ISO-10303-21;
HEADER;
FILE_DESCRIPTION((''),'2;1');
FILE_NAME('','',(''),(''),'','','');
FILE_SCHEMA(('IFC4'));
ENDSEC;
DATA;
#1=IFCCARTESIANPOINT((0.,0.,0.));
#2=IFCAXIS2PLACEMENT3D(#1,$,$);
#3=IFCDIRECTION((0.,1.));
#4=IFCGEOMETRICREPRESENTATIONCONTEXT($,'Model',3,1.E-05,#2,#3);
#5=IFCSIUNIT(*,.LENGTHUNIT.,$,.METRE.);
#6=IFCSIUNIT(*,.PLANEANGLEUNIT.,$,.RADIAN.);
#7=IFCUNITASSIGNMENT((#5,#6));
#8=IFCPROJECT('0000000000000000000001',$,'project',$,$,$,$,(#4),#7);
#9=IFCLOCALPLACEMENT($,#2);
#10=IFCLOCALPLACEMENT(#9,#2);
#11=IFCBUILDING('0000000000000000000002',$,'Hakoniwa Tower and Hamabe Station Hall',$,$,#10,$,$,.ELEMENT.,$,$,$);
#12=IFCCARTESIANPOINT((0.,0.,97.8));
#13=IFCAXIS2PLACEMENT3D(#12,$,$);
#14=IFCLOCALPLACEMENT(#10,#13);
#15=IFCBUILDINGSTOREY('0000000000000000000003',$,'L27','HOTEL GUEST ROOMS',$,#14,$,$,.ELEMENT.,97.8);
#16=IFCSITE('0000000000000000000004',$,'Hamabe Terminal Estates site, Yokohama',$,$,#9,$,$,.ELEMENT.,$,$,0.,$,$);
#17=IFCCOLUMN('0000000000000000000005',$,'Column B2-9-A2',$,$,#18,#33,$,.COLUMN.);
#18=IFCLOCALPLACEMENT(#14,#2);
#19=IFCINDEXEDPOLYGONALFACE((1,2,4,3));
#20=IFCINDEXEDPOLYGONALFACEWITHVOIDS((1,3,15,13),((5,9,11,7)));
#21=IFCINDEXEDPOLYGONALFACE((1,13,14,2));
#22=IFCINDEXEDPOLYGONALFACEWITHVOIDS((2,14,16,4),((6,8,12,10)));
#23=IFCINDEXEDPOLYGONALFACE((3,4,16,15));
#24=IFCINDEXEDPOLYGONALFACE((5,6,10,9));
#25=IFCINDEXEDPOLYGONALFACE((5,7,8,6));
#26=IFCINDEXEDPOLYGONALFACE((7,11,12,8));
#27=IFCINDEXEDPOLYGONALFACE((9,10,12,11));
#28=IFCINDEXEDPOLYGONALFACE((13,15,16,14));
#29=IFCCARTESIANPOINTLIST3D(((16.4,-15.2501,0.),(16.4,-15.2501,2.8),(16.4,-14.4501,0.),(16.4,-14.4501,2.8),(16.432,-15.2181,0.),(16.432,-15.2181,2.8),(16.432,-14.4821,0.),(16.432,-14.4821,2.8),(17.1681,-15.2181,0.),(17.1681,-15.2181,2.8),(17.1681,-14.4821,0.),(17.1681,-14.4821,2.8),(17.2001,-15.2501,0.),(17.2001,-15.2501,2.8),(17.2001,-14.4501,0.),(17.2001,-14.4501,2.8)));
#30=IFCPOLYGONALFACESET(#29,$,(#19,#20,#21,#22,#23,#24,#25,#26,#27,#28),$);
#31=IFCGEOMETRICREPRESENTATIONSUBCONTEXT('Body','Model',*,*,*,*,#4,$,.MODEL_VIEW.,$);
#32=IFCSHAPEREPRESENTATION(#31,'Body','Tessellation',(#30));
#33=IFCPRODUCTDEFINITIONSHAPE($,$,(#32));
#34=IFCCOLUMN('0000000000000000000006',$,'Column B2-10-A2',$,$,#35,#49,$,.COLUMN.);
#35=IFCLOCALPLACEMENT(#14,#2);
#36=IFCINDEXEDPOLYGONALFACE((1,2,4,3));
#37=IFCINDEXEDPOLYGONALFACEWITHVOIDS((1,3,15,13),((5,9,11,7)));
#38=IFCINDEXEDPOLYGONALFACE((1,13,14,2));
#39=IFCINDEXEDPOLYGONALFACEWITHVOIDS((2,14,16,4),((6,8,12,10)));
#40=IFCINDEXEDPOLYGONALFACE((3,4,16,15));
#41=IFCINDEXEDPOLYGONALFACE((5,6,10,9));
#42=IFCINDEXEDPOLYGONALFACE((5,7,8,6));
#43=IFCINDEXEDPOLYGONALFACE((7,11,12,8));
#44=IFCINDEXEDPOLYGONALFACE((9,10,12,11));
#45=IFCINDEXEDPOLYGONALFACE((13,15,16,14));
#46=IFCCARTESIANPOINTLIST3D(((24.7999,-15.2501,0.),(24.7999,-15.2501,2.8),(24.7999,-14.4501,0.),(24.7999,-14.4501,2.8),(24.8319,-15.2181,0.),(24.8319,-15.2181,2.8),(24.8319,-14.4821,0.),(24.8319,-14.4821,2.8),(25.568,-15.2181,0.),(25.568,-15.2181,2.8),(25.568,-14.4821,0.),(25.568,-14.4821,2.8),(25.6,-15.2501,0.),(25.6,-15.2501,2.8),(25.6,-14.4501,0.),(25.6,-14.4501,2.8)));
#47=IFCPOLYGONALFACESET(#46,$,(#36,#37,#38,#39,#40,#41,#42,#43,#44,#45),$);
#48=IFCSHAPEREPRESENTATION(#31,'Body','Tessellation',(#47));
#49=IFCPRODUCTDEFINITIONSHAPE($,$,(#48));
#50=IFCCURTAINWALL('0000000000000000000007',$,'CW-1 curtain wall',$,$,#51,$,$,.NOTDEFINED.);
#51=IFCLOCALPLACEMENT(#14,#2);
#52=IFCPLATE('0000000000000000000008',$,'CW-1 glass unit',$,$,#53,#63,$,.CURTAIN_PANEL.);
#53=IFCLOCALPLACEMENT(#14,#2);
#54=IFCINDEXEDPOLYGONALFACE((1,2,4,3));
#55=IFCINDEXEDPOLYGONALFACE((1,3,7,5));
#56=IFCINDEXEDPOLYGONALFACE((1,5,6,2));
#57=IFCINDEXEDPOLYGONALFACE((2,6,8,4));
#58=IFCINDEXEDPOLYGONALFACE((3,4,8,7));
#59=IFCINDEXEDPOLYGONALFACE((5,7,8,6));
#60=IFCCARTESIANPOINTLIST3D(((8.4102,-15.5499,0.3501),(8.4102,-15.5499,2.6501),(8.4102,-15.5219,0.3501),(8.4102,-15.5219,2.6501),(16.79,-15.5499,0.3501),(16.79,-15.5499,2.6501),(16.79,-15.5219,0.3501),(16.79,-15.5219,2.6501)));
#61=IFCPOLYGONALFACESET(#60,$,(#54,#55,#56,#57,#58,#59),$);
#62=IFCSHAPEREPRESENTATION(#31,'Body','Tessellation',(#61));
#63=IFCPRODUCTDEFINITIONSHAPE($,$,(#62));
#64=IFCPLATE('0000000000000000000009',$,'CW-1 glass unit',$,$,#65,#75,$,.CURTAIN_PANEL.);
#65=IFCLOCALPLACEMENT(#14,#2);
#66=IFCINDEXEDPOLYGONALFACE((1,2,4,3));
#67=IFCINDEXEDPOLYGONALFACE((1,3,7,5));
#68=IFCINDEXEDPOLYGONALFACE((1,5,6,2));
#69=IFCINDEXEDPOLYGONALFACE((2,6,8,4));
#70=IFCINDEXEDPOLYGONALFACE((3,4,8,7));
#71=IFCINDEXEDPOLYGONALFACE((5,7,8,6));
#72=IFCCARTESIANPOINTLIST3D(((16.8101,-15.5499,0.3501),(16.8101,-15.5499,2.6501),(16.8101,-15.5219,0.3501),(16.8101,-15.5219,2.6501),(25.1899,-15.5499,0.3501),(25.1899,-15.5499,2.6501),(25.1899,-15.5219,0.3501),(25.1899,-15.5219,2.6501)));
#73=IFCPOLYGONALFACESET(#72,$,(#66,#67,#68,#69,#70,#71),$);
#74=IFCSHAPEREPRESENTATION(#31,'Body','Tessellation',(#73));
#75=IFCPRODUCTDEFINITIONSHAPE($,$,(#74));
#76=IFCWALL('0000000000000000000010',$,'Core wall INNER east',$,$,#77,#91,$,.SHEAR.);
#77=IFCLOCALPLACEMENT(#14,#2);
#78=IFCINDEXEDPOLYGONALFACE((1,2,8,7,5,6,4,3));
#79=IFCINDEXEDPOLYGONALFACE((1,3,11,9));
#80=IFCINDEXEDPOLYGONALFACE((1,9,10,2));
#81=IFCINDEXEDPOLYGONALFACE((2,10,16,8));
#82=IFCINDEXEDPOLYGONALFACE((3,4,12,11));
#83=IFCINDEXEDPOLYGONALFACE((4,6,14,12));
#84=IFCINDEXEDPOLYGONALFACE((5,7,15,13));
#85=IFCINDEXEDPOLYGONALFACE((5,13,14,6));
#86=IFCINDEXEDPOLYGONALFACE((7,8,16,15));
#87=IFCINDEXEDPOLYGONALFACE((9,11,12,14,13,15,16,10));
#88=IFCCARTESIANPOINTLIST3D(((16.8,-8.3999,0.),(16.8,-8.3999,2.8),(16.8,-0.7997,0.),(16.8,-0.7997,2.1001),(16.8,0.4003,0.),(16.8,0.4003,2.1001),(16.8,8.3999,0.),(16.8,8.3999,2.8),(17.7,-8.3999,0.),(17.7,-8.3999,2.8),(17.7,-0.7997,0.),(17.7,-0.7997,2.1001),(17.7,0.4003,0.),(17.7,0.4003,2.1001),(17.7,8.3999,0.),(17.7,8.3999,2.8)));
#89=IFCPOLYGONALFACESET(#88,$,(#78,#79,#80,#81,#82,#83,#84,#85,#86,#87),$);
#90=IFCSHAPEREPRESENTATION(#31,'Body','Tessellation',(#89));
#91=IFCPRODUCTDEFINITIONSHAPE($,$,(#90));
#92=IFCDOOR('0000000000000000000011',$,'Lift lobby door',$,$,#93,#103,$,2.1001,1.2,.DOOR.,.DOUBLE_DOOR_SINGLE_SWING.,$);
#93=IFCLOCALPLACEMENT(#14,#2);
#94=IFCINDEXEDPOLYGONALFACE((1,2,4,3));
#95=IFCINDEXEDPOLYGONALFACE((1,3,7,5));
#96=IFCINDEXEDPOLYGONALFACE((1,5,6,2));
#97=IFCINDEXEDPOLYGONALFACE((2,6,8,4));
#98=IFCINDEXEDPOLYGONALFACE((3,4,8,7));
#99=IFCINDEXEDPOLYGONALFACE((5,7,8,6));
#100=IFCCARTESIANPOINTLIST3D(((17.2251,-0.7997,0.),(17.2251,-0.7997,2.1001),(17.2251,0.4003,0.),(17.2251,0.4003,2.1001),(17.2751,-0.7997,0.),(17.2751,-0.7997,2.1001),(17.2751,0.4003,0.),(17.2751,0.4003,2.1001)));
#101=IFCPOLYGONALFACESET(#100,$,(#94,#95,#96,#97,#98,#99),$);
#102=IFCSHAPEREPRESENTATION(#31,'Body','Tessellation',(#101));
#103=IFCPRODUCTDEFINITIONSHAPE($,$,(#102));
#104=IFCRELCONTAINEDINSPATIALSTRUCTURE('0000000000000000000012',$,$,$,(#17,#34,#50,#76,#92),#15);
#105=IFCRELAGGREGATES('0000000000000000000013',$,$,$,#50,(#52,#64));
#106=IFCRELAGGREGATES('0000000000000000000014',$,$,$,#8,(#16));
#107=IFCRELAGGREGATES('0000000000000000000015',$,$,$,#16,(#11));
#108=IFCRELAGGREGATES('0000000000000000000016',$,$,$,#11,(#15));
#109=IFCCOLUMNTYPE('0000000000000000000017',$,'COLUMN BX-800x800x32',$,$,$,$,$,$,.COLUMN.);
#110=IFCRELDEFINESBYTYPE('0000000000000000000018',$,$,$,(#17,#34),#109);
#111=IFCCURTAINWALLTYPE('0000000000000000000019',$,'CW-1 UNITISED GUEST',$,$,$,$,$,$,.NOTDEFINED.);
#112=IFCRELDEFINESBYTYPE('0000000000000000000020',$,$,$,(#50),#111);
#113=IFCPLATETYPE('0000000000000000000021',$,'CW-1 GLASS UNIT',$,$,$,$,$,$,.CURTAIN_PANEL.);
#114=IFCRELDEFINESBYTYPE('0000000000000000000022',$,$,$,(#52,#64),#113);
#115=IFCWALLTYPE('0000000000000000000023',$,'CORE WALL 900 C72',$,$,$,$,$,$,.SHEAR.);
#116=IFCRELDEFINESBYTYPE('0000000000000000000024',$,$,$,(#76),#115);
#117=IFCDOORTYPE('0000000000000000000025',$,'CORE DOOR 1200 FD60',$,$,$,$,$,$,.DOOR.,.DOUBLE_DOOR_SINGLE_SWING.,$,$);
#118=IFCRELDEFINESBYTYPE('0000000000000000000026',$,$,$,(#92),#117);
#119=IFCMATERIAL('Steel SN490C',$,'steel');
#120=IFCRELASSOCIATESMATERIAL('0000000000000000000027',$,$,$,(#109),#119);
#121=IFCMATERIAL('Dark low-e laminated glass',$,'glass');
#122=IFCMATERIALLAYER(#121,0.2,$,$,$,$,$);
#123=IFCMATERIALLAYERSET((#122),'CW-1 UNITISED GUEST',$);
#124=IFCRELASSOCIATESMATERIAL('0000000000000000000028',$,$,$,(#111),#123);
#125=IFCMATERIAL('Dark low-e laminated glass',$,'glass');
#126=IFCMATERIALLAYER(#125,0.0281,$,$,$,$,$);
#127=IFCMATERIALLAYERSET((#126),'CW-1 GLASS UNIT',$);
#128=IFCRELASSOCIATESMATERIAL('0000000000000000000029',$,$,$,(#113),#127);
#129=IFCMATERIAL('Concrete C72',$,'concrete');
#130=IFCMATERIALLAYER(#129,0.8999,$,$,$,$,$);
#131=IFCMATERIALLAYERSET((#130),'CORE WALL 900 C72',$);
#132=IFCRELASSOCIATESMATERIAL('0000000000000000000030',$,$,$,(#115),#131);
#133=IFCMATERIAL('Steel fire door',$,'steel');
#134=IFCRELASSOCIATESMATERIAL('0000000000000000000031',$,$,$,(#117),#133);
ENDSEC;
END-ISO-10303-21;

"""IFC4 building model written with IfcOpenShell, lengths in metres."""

from ifc_helpers import new_model, si_unit, direction, frame, frame_2d, origin, origin_2d, place, context, subcontext, project, spatial, rectangle, hollow_rectangle, extrude, material, layer, layer_set, material_profile, profile_set, type_object, element, fill, aggregate, save


model = new_model("IFC4")

# Units and contexts
model_context = context("Model", 3, precision=1e-05, world=origin(), true_north=direction((0.0, 1.0)))
body_context = subcontext(model_context, "Body", "Model", "MODEL_VIEW")
ifc_project = project(units=[si_unit("LENGTHUNIT", "METRE"), si_unit("PLANEANGLEUNIT", "RADIAN")], contexts=[model_context])

# Site, building, storey
site_placement = place(None, origin())
site = spatial("IfcSite", under=ifc_project, at=site_placement, Name="Hamabe Terminal Estates site, Yokohama", CompositionType="ELEMENT", RefElevation=0.0)
building_placement = place(site_placement, origin())
building = spatial("IfcBuilding", under=site, at=building_placement, Name="Hakoniwa Tower and Hamabe Station Hall", CompositionType="ELEMENT")
storey_placement = place(building_placement, frame((0.0, 0.0, 97.8)))
storey = spatial("IfcBuildingStorey", under=building, at=storey_placement, Name="L27", Description="HOTEL GUEST ROOMS", CompositionType="ELEMENT", Elevation=97.8)

# Columns
ifc_material_1 = material(Name="Steel SN490C", Category="steel")
ifc_material_profile = material_profile(ifc_material_1, hollow_rectangle(XDim=0.8, YDim=0.8, WallThickness=0.032, at=origin_2d()), Name="BX-800x800x32")
ifc_profile_set = profile_set([ifc_material_profile], Name="Steel SN490C")
column_type = type_object("IfcColumnType", Name="COLUMN BX-800x800x32", PredefinedType="COLUMN", material=ifc_profile_set)
for number, where, z_axis, x_axis, name in (
    (1, (16.8, -14.8501, 0.0), (0.0, 0.0, 1.0), (1.0, 0.0, 0.0), "Column B2-9-A2"),
    (2, (25.2, -14.8501, 0.0), (0.0, 0.0, 1.0), (1.0, 0.0, 0.0), "Column B2-10-A2"),
):
    element("IfcColumn", number, at=place(storey_placement, frame(where, z_axis=z_axis, x_axis=x_axis)), inside=storey, type_object=column_type, Name=name, PredefinedType="COLUMN", context=body_context, shape_type="SweptSolid", body=[
        extrude(hollow_rectangle(XDim=0.8, YDim=0.8, WallThickness=0.032, at=origin_2d()), origin(), (0.0, 0.0, 1.0), 2.8),
    ])

# Curtain wall, plates
ifc_material_2 = material(Name="Dark low-e laminated glass", Category="glass")
ifc_layer_1 = layer(ifc_material_2, 0.2)
ifc_layer_set_1 = layer_set([ifc_layer_1], Name="CW-1 UNITISED GUEST")
curtain_wall_type = type_object("IfcCurtainWallType", Name="CW-1 UNITISED GUEST", PredefinedType="NOTDEFINED", material=ifc_layer_set_1)
curtain_wall_placement = place(storey_placement, origin())
curtain_wall = element("IfcCurtainWall", 3, at=curtain_wall_placement, inside=storey, type_object=curtain_wall_type, Name="CW-1 curtain wall", PredefinedType="NOTDEFINED")
ifc_material_3 = material(Name="Dark low-e laminated glass", Category="glass")
ifc_layer_2 = layer(ifc_material_3, 0.0281)
ifc_layer_set_2 = layer_set([ifc_layer_2], Name="CW-1 GLASS UNIT")
plate_type = type_object("IfcPlateType", Name="CW-1 GLASS UNIT", PredefinedType="CURTAIN_PANEL", material=ifc_layer_set_2)
plate_1_placement = place(storey_placement, frame((12.6001, -15.5359, 0.3501), z_axis=(0.0, 0.0, 1.0), x_axis=(1.0, 0.0, 0.0)))
plate_1 = element("IfcPlate", 4, at=plate_1_placement, type_object=plate_type, Name="CW-1 glass unit", PredefinedType="CURTAIN_PANEL", context=body_context, shape_type="SweptSolid", body=[
    extrude(rectangle(XDim=8.3799, YDim=0.0281, at=origin_2d()), origin(), (0.0, 0.0, 1.0), 2.3),
])
plate_2_placement = place(storey_placement, frame((21.0, -15.5359, 0.3501), z_axis=(0.0, 0.0, 1.0), x_axis=(1.0, 0.0, 0.0)))
plate_2 = element("IfcPlate", 5, at=plate_2_placement, type_object=plate_type, Name="CW-1 glass unit", PredefinedType="CURTAIN_PANEL", context=body_context, shape_type="SweptSolid", body=[
    extrude(rectangle(XDim=8.3799, YDim=0.0281, at=origin_2d()), origin(), (0.0, 0.0, 1.0), 2.3),
])
aggregate(curtain_wall, [plate_1, plate_2])

# Wall, opening, door
ifc_material_4 = material(Name="Concrete C72", Category="concrete")
ifc_layer_3 = layer(ifc_material_4, 0.8999)
ifc_layer_set_3 = layer_set([ifc_layer_3], Name="CORE WALL 900 C72")
wall_type_1 = type_object("IfcWallType", Name="CORE WALL 900 C72", PredefinedType="SHEAR", material=ifc_layer_set_3)
wall_1_placement = place(storey_placement, frame((17.25, -8.3999, 0.0), z_axis=(0.0, 0.0, 1.0), x_axis=(0.0, 1.0, 0.0)))
wall_1 = element("IfcWall", 6, at=wall_1_placement, inside=storey, type_object=wall_type_1, Name="Core wall INNER east", PredefinedType="SHEAR", context=body_context, shape_type="SweptSolid", body=[
    extrude(rectangle(XDim=16.7998, YDim=0.8999, at=frame_2d((8.3999, 0.0))), origin(), (0.0, 0.0, 1.0), 2.8),
])
opening_1_placement = place(wall_1_placement, frame((7.6001, 0.0, 0.0)))
opening_1 = element("IfcOpeningElement", 7, at=opening_1_placement, cuts=wall_1, PredefinedType="OPENING", context=body_context, shape_type="SweptSolid", body=[
    extrude(rectangle(XDim=1.2, YDim=2.1001, at=frame_2d((0.6001, 1.05))), frame((0.0, 0.46, 0.0), z_axis=(0.0, -1.0, 0.0), x_axis=(1.0, 0.0, 0.0)), (0.0, 0.0, 1.0), 0.9199),
])
ifc_material_5 = material(Name="Steel fire door", Category="steel")
door_type_1 = type_object("IfcDoorType", Name="CORE DOOR 1200 FD60", OperationType="DOUBLE_DOOR_SINGLE_SWING", PredefinedType="DOOR", material=ifc_material_5)
door_1_placement = place(opening_1_placement, origin())
door_1 = element("IfcDoor", 8, at=door_1_placement, inside=storey, type_object=door_type_1, Name="Lift lobby door", OperationType="DOUBLE_DOOR_SINGLE_SWING", OverallHeight=2.1001, OverallWidth=1.2, PredefinedType="DOOR", context=body_context, shape_type="SweptSolid", body=[
    extrude(rectangle(XDim=1.2, YDim=2.1001, at=frame_2d((0.6001, 1.05))), frame((0.0, 0.0249, 0.0), z_axis=(0.0, -1.0, 0.0), x_axis=(1.0, 0.0, 0.0)), (0.0, 0.0, 1.0), 0.05),
])
fill(opening_1, door_1)

save(model, "model.ifc")
